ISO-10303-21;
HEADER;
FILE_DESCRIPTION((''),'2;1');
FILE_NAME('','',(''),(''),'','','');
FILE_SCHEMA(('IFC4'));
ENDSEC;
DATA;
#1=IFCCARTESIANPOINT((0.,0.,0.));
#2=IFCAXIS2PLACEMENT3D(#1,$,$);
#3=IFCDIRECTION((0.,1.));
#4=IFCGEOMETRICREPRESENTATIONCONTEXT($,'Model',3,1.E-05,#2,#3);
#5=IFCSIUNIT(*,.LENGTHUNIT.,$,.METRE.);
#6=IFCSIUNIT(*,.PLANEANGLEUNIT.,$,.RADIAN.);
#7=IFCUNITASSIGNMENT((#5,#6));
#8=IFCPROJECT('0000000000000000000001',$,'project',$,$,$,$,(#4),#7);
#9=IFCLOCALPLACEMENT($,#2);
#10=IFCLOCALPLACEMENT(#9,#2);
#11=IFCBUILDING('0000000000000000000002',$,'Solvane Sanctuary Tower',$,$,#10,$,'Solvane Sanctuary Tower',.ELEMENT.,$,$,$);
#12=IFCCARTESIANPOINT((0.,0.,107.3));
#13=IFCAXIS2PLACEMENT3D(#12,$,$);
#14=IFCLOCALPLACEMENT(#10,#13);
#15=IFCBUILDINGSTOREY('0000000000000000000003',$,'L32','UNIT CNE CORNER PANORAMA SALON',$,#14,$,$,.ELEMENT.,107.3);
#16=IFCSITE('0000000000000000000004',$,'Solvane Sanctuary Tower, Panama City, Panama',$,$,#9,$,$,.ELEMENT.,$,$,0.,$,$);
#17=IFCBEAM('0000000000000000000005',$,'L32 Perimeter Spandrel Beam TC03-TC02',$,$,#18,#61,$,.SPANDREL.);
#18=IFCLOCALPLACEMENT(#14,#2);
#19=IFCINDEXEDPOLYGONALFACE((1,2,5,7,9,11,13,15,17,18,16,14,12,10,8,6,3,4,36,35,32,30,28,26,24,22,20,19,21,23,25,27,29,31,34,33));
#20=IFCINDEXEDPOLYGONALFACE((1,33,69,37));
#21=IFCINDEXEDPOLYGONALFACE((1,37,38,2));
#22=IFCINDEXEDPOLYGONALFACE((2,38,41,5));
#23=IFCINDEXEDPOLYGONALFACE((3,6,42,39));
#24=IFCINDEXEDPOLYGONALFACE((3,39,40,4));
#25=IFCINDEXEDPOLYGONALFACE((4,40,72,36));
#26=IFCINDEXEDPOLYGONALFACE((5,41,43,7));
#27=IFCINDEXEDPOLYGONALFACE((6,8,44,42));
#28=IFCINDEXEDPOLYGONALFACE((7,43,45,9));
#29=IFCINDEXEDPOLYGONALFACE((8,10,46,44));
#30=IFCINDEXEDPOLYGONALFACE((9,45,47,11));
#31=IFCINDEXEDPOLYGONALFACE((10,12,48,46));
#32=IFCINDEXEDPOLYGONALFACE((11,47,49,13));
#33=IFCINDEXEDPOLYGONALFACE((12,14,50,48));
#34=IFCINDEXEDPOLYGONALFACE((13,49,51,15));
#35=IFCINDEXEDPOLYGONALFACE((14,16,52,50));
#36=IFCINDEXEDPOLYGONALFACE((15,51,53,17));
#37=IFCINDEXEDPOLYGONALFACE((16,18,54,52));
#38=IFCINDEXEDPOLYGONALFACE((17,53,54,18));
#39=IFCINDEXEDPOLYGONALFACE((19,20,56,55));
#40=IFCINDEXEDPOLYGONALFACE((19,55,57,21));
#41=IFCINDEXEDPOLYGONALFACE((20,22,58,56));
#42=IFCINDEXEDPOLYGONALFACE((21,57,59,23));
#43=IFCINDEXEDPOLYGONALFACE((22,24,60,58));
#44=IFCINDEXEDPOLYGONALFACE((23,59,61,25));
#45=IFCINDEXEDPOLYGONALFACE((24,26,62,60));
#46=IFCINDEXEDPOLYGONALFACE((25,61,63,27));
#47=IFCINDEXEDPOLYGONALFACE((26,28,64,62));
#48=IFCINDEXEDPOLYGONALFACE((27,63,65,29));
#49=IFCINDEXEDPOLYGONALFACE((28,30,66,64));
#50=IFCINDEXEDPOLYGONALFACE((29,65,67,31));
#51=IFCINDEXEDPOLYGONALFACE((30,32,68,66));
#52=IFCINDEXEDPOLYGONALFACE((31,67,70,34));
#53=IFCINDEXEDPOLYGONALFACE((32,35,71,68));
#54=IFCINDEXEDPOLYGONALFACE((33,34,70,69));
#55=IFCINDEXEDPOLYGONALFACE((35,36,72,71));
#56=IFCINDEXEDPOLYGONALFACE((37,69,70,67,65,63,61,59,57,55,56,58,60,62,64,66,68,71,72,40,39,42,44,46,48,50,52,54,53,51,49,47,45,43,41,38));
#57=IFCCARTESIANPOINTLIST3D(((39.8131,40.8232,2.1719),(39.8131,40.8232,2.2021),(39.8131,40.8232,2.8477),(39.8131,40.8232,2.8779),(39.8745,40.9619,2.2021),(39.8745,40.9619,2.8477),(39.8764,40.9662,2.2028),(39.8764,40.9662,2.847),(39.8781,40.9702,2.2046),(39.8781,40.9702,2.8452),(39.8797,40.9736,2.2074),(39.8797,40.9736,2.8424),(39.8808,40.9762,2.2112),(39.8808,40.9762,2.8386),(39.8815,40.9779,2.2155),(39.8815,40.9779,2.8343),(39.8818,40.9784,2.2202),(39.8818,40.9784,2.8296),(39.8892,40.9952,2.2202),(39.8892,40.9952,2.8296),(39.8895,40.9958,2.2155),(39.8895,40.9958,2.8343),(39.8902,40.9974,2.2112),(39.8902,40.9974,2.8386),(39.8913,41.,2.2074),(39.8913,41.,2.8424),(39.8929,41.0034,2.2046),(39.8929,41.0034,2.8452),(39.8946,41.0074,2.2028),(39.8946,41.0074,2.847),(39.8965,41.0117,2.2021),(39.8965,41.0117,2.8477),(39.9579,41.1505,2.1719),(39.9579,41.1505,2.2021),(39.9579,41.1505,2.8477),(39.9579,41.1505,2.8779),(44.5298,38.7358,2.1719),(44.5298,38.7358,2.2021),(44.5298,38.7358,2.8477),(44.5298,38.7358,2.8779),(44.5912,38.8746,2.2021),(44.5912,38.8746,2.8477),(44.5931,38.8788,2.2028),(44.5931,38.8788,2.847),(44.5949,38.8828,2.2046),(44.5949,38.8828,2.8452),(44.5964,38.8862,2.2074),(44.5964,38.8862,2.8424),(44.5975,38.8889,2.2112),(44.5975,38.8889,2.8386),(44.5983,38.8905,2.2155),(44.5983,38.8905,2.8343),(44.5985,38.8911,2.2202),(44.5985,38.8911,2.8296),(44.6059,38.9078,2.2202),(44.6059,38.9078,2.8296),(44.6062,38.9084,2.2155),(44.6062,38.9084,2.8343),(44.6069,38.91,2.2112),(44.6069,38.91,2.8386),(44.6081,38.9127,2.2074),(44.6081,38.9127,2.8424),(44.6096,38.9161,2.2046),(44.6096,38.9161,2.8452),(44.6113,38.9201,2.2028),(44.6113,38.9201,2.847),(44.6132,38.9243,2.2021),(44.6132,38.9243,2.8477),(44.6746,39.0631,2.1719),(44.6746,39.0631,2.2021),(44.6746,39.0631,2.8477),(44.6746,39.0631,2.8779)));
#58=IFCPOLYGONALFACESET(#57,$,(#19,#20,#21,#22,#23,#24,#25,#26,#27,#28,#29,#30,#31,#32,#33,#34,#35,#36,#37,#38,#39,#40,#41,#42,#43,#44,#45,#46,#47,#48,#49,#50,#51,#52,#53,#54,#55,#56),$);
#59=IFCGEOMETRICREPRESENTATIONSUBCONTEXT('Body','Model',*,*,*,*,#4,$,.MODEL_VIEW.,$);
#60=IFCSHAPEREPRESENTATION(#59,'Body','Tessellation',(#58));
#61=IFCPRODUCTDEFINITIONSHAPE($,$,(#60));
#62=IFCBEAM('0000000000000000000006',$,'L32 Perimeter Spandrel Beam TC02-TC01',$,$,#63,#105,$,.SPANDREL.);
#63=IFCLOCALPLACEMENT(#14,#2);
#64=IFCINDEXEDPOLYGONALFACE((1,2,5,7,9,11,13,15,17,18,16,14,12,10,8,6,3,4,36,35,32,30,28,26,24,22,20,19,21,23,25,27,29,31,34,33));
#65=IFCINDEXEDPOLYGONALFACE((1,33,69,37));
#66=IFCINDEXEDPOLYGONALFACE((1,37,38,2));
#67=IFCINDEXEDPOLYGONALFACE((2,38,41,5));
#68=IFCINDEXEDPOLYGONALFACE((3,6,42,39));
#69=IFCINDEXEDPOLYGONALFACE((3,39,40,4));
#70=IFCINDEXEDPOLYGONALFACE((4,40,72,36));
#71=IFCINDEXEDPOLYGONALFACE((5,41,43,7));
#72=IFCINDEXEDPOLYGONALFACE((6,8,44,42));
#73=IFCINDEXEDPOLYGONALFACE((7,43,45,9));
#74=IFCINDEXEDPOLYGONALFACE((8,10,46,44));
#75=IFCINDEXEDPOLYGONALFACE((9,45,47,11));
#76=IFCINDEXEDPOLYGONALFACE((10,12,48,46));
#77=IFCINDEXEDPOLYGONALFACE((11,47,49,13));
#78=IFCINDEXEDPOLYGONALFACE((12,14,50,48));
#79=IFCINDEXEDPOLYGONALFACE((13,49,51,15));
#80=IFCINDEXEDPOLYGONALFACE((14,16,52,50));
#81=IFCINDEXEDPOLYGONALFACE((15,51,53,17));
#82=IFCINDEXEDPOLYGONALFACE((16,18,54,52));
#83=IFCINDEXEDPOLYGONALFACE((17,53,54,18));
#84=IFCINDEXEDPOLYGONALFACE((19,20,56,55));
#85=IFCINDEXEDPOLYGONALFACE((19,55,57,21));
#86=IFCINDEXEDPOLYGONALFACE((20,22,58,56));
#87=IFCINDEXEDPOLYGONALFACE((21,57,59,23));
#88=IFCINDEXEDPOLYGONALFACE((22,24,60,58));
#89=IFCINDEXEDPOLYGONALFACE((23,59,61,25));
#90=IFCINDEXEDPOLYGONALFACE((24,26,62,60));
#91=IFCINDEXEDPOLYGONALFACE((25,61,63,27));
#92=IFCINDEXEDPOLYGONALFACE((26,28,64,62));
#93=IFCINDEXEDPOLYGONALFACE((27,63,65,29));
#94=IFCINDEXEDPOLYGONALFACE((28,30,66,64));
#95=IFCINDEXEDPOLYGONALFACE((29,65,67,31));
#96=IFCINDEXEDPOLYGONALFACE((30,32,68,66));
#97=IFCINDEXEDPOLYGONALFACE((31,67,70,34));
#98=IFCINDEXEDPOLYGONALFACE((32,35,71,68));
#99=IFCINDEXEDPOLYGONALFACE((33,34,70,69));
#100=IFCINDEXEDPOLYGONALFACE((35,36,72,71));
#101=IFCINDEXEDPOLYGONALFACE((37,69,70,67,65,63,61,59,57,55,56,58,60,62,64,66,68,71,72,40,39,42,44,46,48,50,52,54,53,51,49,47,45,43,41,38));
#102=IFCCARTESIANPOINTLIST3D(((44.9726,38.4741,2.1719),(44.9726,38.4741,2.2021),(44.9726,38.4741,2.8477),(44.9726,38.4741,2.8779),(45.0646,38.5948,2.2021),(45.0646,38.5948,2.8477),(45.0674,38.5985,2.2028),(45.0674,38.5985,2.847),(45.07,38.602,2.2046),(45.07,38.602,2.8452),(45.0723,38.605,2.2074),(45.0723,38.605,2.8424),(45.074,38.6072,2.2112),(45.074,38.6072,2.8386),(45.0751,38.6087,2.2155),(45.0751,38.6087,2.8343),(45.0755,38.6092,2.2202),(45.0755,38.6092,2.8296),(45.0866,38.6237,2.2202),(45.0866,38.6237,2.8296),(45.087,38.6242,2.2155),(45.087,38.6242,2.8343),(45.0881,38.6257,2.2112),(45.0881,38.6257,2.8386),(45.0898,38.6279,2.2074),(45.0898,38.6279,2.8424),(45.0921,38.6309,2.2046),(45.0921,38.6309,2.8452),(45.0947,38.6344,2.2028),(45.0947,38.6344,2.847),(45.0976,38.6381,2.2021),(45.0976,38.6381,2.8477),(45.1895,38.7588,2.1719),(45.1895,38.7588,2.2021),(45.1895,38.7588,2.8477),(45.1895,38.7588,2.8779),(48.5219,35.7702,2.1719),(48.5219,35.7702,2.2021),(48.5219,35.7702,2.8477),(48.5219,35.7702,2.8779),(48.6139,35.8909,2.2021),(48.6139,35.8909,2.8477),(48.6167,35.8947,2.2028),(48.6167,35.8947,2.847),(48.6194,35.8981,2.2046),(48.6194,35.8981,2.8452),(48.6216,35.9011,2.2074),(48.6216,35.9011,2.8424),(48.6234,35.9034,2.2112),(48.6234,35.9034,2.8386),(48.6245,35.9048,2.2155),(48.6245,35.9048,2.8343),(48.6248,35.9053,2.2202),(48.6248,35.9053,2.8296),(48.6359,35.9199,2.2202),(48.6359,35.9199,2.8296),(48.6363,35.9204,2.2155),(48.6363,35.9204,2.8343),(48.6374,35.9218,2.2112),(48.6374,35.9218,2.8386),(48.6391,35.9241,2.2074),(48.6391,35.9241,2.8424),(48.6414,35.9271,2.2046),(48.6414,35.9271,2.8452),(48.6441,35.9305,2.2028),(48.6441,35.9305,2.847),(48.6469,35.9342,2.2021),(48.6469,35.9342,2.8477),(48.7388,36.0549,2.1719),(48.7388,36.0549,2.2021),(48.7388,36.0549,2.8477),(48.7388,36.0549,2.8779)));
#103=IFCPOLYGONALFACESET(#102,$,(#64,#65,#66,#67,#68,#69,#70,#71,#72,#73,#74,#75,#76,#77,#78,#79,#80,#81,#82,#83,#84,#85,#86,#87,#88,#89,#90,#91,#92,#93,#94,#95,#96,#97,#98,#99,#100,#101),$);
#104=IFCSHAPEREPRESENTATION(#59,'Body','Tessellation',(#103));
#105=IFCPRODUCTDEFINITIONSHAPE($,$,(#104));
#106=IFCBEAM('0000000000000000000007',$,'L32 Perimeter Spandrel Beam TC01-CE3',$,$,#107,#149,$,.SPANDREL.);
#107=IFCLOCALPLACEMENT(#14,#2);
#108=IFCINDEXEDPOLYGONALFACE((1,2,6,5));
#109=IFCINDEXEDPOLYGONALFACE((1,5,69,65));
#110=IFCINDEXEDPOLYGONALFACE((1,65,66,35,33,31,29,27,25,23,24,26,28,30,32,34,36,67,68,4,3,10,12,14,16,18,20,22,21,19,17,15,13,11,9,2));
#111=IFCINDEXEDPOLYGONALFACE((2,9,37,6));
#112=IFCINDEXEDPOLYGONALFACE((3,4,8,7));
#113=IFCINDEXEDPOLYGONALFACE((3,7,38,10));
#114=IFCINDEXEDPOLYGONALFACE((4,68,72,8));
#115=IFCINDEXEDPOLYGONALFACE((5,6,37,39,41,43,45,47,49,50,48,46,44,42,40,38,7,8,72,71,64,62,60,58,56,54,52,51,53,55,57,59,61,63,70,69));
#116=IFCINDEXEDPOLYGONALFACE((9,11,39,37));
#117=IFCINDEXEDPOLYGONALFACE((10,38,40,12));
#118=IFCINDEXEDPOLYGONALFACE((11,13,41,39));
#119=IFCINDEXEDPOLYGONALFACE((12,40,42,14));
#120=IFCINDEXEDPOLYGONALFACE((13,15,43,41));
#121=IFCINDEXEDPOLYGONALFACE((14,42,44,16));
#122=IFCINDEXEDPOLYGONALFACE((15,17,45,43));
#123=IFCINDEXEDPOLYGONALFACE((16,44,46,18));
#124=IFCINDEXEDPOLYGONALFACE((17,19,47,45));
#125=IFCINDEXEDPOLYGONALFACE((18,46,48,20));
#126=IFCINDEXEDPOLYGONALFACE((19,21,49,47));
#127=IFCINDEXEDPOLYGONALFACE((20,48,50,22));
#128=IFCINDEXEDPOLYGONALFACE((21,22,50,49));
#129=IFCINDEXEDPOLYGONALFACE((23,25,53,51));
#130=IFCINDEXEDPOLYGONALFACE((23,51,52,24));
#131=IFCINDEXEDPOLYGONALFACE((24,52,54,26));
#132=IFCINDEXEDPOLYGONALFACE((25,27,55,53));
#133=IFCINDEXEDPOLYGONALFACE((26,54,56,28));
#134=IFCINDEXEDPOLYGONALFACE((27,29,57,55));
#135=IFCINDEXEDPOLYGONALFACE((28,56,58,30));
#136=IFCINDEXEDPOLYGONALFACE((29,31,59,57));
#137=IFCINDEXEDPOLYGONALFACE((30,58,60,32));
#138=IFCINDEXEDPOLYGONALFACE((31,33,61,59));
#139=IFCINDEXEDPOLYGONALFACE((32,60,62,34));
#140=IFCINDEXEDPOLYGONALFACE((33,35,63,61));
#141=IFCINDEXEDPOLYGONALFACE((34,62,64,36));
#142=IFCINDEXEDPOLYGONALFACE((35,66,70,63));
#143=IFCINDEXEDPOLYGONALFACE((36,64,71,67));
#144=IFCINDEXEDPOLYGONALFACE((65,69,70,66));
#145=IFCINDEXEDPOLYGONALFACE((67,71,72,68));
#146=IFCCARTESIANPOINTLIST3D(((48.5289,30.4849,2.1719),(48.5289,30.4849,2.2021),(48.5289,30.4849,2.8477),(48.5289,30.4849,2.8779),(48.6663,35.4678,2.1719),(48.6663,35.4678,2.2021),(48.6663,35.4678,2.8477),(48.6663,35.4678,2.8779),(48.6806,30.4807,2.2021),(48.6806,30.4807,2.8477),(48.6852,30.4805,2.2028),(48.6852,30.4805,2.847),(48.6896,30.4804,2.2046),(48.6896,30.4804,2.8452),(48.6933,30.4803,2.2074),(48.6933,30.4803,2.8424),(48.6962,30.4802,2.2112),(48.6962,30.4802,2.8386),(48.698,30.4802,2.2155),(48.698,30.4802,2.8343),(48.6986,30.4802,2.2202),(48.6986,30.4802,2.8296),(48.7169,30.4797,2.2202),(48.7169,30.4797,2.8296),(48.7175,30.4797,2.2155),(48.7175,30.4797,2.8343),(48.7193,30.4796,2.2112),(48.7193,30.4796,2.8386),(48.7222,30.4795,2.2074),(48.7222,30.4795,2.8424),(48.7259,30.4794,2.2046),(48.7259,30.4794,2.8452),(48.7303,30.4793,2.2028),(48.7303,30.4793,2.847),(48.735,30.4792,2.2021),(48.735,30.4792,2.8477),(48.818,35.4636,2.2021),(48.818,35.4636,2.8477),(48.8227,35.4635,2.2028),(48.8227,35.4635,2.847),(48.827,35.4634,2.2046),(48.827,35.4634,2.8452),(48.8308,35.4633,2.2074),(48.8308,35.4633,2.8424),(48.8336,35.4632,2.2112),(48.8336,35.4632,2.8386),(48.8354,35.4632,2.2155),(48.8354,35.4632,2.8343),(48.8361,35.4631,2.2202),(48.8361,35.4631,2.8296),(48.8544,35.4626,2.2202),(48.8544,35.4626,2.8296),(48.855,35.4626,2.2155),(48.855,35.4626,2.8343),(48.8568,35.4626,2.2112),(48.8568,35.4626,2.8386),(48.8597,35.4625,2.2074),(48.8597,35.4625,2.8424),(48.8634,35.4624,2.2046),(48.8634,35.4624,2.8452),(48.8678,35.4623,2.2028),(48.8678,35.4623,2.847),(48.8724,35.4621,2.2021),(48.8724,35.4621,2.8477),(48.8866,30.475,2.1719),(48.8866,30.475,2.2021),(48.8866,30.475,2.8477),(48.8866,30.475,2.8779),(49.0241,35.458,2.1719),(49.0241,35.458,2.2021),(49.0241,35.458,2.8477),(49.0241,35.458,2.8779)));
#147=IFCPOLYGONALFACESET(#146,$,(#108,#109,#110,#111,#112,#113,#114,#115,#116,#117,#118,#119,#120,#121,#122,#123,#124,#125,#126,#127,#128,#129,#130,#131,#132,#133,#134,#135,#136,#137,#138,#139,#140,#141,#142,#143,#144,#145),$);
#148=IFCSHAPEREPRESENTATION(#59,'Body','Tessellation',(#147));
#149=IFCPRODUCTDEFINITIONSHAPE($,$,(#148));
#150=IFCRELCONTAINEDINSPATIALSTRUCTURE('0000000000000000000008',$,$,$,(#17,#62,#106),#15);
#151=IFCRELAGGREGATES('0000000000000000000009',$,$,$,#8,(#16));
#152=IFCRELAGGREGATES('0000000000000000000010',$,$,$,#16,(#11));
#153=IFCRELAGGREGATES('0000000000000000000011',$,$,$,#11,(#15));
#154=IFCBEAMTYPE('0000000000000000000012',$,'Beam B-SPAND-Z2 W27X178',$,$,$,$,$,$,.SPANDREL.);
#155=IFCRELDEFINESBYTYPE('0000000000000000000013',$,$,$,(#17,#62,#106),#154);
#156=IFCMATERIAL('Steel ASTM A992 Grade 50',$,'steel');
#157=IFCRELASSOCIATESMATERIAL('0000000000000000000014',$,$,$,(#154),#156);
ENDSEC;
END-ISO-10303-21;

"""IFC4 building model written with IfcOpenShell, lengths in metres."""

from ifc_helpers import new_model, si_unit, direction, frame, origin, origin_2d, place, context, subcontext, project, spatial, i_section, extrude, material, material_profile, profile_set, type_object, element, save


model = new_model("IFC4")

# Units and contexts
model_context = context("Model", 3, precision=1e-05, world=origin(), true_north=direction((0.0, 1.0)))
body_context = subcontext(model_context, "Body", "Model", "MODEL_VIEW")
ifc_project = project(units=[si_unit("LENGTHUNIT", "METRE"), si_unit("PLANEANGLEUNIT", "RADIAN")], contexts=[model_context])

# Site, building, storey
site_placement = place(None, origin())
site = spatial("IfcSite", under=ifc_project, at=site_placement, Name="Solvane Sanctuary Tower, Panama City, Panama", CompositionType="ELEMENT", RefElevation=0.0)
building_placement = place(site_placement, origin())
building = spatial("IfcBuilding", under=site, at=building_placement, Name="Solvane Sanctuary Tower", LongName="Solvane Sanctuary Tower", CompositionType="ELEMENT")
storey_placement = place(building_placement, frame((0.0, 0.0, 107.3)))
storey = spatial("IfcBuildingStorey", under=building, at=storey_placement, Name="L32", Description="UNIT CNE CORNER PANORAMA SALON", CompositionType="ELEMENT", Elevation=107.3)

# Beams
ifc_material_1 = material(Name="Steel ASTM A992 Grade 50", Category="steel")
ifc_material_profile_1 = material_profile(ifc_material_1, i_section(OverallWidth=0.3579, OverallDepth=0.7061, WebThickness=0.0183, FlangeThickness=0.0303, FilletRadius=0.0181, at=origin_2d()), Name="W27X178")
ifc_profile_set_1 = profile_set([ifc_material_profile_1], Name="Steel ASTM A992 Grade 50")
beam_type_1 = type_object("IfcBeamType", Name="Beam B-SPAND-Z2 W27X178", PredefinedType="SPANDREL", material=ifc_profile_set_1)
beam_1_placement = place(storey_placement, frame((39.8855, 40.9868, 2.5249), z_axis=(0.914455, -0.404689, 0.0), x_axis=(0.404689, 0.914455, 0.0)))
element("IfcBeam", 1, at=beam_1_placement, inside=storey, type_object=beam_type_1, Name="L32 Perimeter Spandrel Beam TC03-TC02", PredefinedType="SPANDREL", context=body_context, shape_type="SweptSolid", body=[
    extrude(i_section(OverallWidth=0.3579, OverallDepth=0.7061, WebThickness=0.0183, FlangeThickness=0.0303, FilletRadius=0.0181, at=origin_2d()), origin(), (0.0, 0.0, 1.0), 5.158),
])
beam_2_placement = place(storey_placement, frame((45.0811, 38.6165, 2.5249), z_axis=(0.795473, -0.605989, 0.0), x_axis=(0.605989, 0.795473, 0.0)))
element("IfcBeam", 2, at=beam_2_placement, inside=storey, type_object=beam_type_1, Name="L32 Perimeter Spandrel Beam TC02-TC01", PredefinedType="SPANDREL", context=body_context, shape_type="SweptSolid", body=[
    extrude(i_section(OverallWidth=0.3579, OverallDepth=0.7061, WebThickness=0.0183, FlangeThickness=0.0303, FilletRadius=0.0181, at=origin_2d()), origin(), (0.0, 0.0, 1.0), 4.4619),
])
beam_3_placement = place(storey_placement, frame((48.8452, 35.4629, 2.5249), z_axis=(-0.027574, -0.99962, 0.0), x_axis=(0.99962, -0.027574, 0.0)))
element("IfcBeam", 3, at=beam_3_placement, inside=storey, type_object=beam_type_1, Name="L32 Perimeter Spandrel Beam TC01-CE3", PredefinedType="SPANDREL", context=body_context, shape_type="SweptSolid", body=[
    extrude(i_section(OverallWidth=0.3579, OverallDepth=0.7061, WebThickness=0.0183, FlangeThickness=0.0303, FilletRadius=0.0181, at=origin_2d()), origin(), (0.0, 0.0, 1.0), 4.9849),
])

save(model, "model.ifc")
